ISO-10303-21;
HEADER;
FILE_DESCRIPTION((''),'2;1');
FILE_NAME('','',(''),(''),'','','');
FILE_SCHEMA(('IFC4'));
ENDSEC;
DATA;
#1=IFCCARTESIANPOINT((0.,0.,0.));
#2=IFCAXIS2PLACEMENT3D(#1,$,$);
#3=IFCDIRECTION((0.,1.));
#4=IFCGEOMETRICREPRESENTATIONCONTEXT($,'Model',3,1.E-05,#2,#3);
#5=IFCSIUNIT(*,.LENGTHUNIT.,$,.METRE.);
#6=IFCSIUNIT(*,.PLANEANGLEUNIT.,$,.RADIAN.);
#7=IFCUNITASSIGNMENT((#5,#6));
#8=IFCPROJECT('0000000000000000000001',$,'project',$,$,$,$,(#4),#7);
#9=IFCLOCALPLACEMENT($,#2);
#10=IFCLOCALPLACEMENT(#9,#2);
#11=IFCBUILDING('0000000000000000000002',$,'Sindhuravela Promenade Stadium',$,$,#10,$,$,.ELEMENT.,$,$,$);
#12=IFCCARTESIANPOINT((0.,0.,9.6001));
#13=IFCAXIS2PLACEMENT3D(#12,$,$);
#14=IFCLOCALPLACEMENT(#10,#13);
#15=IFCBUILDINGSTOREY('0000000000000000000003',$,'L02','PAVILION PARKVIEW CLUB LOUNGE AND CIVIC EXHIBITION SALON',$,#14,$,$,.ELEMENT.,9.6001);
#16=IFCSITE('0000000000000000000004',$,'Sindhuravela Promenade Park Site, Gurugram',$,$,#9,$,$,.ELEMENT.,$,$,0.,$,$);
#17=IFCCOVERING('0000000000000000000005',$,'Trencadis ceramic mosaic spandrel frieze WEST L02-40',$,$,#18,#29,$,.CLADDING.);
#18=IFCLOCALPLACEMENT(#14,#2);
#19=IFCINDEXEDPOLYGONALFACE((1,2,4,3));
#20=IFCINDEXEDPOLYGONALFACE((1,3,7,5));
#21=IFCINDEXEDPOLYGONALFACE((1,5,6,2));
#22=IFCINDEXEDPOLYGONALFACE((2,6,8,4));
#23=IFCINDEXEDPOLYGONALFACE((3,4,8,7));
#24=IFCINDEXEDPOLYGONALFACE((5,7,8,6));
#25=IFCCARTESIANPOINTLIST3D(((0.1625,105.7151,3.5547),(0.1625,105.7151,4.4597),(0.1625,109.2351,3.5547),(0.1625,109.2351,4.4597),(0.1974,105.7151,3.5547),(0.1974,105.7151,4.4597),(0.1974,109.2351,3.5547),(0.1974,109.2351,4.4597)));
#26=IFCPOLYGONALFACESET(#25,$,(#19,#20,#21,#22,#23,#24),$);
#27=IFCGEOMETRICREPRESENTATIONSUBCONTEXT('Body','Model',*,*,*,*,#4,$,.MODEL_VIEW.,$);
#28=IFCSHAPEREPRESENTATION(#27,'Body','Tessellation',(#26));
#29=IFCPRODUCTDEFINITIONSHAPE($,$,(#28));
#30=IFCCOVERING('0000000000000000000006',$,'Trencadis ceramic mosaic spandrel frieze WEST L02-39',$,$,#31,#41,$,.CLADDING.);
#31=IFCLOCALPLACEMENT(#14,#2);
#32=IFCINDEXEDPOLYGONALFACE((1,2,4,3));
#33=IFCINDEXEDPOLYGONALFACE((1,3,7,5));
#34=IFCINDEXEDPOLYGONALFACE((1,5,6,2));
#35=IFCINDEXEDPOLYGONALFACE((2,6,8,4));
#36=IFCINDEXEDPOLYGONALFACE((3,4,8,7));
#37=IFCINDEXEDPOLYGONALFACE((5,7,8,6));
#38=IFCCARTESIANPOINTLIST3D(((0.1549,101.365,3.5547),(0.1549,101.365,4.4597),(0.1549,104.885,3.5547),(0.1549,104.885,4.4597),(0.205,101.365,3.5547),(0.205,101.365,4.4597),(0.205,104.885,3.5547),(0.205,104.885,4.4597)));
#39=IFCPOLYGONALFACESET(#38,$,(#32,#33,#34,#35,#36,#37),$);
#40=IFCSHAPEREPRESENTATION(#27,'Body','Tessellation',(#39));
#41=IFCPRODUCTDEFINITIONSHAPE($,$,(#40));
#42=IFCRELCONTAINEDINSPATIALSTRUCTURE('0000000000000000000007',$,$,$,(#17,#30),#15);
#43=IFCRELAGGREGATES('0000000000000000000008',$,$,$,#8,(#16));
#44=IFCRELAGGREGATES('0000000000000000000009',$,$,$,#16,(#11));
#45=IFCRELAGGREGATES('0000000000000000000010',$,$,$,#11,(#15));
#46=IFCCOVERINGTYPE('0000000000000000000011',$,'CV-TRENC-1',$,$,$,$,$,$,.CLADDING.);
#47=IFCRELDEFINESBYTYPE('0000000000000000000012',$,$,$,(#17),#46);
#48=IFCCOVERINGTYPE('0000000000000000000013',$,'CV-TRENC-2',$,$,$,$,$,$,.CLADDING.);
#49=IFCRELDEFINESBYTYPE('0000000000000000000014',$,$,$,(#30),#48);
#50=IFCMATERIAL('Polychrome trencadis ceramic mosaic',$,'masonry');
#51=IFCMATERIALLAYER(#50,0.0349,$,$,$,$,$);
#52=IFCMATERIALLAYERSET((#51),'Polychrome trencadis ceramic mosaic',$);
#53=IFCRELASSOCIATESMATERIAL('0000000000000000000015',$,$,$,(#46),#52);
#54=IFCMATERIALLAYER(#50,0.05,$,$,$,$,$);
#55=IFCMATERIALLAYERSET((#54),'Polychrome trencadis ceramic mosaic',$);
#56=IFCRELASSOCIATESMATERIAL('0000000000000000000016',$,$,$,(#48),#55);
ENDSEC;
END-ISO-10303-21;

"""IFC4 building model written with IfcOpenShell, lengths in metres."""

from ifc_helpers import new_model, si_unit, direction, frame, origin, origin_2d, place, context, subcontext, project, spatial, rectangle, extrude, material, layer, layer_set, type_object, element, save


model = new_model("IFC4")

# Units and contexts
model_context = context("Model", 3, precision=1e-05, world=origin(), true_north=direction((0.0, 1.0)))
body_context = subcontext(model_context, "Body", "Model", "MODEL_VIEW")
ifc_project = project(units=[si_unit("LENGTHUNIT", "METRE"), si_unit("PLANEANGLEUNIT", "RADIAN")], contexts=[model_context])

# Site, building, storey
site_placement = place(None, origin())
site = spatial("IfcSite", under=ifc_project, at=site_placement, Name="Sindhuravela Promenade Park Site, Gurugram", CompositionType="ELEMENT", RefElevation=0.0)
building_placement = place(site_placement, origin())
building = spatial("IfcBuilding", under=site, at=building_placement, Name="Sindhuravela Promenade Stadium", CompositionType="ELEMENT")
storey_placement = place(building_placement, frame((0.0, 0.0, 9.6001)))
storey = spatial("IfcBuildingStorey", under=building, at=storey_placement, Name="L02", Description="PAVILION PARKVIEW CLUB LOUNGE AND CIVIC EXHIBITION SALON", CompositionType="ELEMENT", Elevation=9.6001)

# Coverings
ifc_material_1 = material(Name="Polychrome trencadis ceramic mosaic", Category="masonry")
ifc_layer_1 = layer(ifc_material_1, 0.0349)
ifc_layer_set_1 = layer_set([ifc_layer_1], Name="Polychrome trencadis ceramic mosaic")
covering_type_1 = type_object("IfcCoveringType", Name="CV-TRENC-1", PredefinedType="CLADDING", material=ifc_layer_set_1)
covering_1_placement = place(storey_placement, frame((0.1799, 107.4751, 3.5547), z_axis=(0.0, 0.0, 1.0), x_axis=(0.0, 1.0, 0.0)))
element("IfcCovering", 1, at=covering_1_placement, inside=storey, type_object=covering_type_1, Name="Trencadis ceramic mosaic spandrel frieze WEST L02-40", PredefinedType="CLADDING", context=body_context, shape_type="SweptSolid", body=[
    extrude(rectangle(XDim=3.52, YDim=0.0349, at=origin_2d()), origin(), (0.0, 0.0, 1.0), 0.905),
])
ifc_layer_2 = layer(ifc_material_1, 0.05)
ifc_layer_set_2 = layer_set([ifc_layer_2], Name="Polychrome trencadis ceramic mosaic")
covering_type_2 = type_object("IfcCoveringType", Name="CV-TRENC-2", PredefinedType="CLADDING", material=ifc_layer_set_2)
covering_2_placement = place(storey_placement, frame((0.1799, 103.125, 3.5547), z_axis=(0.0, 0.0, 1.0), x_axis=(0.0, 1.0, 0.0)))
element("IfcCovering", 2, at=covering_2_placement, inside=storey, type_object=covering_type_2, Name="Trencadis ceramic mosaic spandrel frieze WEST L02-39", PredefinedType="CLADDING", context=body_context, shape_type="SweptSolid", body=[
    extrude(rectangle(XDim=3.52, YDim=0.05, at=origin_2d()), origin(), (0.0, 0.0, 1.0), 0.905),
])

save(model, "model.ifc")
